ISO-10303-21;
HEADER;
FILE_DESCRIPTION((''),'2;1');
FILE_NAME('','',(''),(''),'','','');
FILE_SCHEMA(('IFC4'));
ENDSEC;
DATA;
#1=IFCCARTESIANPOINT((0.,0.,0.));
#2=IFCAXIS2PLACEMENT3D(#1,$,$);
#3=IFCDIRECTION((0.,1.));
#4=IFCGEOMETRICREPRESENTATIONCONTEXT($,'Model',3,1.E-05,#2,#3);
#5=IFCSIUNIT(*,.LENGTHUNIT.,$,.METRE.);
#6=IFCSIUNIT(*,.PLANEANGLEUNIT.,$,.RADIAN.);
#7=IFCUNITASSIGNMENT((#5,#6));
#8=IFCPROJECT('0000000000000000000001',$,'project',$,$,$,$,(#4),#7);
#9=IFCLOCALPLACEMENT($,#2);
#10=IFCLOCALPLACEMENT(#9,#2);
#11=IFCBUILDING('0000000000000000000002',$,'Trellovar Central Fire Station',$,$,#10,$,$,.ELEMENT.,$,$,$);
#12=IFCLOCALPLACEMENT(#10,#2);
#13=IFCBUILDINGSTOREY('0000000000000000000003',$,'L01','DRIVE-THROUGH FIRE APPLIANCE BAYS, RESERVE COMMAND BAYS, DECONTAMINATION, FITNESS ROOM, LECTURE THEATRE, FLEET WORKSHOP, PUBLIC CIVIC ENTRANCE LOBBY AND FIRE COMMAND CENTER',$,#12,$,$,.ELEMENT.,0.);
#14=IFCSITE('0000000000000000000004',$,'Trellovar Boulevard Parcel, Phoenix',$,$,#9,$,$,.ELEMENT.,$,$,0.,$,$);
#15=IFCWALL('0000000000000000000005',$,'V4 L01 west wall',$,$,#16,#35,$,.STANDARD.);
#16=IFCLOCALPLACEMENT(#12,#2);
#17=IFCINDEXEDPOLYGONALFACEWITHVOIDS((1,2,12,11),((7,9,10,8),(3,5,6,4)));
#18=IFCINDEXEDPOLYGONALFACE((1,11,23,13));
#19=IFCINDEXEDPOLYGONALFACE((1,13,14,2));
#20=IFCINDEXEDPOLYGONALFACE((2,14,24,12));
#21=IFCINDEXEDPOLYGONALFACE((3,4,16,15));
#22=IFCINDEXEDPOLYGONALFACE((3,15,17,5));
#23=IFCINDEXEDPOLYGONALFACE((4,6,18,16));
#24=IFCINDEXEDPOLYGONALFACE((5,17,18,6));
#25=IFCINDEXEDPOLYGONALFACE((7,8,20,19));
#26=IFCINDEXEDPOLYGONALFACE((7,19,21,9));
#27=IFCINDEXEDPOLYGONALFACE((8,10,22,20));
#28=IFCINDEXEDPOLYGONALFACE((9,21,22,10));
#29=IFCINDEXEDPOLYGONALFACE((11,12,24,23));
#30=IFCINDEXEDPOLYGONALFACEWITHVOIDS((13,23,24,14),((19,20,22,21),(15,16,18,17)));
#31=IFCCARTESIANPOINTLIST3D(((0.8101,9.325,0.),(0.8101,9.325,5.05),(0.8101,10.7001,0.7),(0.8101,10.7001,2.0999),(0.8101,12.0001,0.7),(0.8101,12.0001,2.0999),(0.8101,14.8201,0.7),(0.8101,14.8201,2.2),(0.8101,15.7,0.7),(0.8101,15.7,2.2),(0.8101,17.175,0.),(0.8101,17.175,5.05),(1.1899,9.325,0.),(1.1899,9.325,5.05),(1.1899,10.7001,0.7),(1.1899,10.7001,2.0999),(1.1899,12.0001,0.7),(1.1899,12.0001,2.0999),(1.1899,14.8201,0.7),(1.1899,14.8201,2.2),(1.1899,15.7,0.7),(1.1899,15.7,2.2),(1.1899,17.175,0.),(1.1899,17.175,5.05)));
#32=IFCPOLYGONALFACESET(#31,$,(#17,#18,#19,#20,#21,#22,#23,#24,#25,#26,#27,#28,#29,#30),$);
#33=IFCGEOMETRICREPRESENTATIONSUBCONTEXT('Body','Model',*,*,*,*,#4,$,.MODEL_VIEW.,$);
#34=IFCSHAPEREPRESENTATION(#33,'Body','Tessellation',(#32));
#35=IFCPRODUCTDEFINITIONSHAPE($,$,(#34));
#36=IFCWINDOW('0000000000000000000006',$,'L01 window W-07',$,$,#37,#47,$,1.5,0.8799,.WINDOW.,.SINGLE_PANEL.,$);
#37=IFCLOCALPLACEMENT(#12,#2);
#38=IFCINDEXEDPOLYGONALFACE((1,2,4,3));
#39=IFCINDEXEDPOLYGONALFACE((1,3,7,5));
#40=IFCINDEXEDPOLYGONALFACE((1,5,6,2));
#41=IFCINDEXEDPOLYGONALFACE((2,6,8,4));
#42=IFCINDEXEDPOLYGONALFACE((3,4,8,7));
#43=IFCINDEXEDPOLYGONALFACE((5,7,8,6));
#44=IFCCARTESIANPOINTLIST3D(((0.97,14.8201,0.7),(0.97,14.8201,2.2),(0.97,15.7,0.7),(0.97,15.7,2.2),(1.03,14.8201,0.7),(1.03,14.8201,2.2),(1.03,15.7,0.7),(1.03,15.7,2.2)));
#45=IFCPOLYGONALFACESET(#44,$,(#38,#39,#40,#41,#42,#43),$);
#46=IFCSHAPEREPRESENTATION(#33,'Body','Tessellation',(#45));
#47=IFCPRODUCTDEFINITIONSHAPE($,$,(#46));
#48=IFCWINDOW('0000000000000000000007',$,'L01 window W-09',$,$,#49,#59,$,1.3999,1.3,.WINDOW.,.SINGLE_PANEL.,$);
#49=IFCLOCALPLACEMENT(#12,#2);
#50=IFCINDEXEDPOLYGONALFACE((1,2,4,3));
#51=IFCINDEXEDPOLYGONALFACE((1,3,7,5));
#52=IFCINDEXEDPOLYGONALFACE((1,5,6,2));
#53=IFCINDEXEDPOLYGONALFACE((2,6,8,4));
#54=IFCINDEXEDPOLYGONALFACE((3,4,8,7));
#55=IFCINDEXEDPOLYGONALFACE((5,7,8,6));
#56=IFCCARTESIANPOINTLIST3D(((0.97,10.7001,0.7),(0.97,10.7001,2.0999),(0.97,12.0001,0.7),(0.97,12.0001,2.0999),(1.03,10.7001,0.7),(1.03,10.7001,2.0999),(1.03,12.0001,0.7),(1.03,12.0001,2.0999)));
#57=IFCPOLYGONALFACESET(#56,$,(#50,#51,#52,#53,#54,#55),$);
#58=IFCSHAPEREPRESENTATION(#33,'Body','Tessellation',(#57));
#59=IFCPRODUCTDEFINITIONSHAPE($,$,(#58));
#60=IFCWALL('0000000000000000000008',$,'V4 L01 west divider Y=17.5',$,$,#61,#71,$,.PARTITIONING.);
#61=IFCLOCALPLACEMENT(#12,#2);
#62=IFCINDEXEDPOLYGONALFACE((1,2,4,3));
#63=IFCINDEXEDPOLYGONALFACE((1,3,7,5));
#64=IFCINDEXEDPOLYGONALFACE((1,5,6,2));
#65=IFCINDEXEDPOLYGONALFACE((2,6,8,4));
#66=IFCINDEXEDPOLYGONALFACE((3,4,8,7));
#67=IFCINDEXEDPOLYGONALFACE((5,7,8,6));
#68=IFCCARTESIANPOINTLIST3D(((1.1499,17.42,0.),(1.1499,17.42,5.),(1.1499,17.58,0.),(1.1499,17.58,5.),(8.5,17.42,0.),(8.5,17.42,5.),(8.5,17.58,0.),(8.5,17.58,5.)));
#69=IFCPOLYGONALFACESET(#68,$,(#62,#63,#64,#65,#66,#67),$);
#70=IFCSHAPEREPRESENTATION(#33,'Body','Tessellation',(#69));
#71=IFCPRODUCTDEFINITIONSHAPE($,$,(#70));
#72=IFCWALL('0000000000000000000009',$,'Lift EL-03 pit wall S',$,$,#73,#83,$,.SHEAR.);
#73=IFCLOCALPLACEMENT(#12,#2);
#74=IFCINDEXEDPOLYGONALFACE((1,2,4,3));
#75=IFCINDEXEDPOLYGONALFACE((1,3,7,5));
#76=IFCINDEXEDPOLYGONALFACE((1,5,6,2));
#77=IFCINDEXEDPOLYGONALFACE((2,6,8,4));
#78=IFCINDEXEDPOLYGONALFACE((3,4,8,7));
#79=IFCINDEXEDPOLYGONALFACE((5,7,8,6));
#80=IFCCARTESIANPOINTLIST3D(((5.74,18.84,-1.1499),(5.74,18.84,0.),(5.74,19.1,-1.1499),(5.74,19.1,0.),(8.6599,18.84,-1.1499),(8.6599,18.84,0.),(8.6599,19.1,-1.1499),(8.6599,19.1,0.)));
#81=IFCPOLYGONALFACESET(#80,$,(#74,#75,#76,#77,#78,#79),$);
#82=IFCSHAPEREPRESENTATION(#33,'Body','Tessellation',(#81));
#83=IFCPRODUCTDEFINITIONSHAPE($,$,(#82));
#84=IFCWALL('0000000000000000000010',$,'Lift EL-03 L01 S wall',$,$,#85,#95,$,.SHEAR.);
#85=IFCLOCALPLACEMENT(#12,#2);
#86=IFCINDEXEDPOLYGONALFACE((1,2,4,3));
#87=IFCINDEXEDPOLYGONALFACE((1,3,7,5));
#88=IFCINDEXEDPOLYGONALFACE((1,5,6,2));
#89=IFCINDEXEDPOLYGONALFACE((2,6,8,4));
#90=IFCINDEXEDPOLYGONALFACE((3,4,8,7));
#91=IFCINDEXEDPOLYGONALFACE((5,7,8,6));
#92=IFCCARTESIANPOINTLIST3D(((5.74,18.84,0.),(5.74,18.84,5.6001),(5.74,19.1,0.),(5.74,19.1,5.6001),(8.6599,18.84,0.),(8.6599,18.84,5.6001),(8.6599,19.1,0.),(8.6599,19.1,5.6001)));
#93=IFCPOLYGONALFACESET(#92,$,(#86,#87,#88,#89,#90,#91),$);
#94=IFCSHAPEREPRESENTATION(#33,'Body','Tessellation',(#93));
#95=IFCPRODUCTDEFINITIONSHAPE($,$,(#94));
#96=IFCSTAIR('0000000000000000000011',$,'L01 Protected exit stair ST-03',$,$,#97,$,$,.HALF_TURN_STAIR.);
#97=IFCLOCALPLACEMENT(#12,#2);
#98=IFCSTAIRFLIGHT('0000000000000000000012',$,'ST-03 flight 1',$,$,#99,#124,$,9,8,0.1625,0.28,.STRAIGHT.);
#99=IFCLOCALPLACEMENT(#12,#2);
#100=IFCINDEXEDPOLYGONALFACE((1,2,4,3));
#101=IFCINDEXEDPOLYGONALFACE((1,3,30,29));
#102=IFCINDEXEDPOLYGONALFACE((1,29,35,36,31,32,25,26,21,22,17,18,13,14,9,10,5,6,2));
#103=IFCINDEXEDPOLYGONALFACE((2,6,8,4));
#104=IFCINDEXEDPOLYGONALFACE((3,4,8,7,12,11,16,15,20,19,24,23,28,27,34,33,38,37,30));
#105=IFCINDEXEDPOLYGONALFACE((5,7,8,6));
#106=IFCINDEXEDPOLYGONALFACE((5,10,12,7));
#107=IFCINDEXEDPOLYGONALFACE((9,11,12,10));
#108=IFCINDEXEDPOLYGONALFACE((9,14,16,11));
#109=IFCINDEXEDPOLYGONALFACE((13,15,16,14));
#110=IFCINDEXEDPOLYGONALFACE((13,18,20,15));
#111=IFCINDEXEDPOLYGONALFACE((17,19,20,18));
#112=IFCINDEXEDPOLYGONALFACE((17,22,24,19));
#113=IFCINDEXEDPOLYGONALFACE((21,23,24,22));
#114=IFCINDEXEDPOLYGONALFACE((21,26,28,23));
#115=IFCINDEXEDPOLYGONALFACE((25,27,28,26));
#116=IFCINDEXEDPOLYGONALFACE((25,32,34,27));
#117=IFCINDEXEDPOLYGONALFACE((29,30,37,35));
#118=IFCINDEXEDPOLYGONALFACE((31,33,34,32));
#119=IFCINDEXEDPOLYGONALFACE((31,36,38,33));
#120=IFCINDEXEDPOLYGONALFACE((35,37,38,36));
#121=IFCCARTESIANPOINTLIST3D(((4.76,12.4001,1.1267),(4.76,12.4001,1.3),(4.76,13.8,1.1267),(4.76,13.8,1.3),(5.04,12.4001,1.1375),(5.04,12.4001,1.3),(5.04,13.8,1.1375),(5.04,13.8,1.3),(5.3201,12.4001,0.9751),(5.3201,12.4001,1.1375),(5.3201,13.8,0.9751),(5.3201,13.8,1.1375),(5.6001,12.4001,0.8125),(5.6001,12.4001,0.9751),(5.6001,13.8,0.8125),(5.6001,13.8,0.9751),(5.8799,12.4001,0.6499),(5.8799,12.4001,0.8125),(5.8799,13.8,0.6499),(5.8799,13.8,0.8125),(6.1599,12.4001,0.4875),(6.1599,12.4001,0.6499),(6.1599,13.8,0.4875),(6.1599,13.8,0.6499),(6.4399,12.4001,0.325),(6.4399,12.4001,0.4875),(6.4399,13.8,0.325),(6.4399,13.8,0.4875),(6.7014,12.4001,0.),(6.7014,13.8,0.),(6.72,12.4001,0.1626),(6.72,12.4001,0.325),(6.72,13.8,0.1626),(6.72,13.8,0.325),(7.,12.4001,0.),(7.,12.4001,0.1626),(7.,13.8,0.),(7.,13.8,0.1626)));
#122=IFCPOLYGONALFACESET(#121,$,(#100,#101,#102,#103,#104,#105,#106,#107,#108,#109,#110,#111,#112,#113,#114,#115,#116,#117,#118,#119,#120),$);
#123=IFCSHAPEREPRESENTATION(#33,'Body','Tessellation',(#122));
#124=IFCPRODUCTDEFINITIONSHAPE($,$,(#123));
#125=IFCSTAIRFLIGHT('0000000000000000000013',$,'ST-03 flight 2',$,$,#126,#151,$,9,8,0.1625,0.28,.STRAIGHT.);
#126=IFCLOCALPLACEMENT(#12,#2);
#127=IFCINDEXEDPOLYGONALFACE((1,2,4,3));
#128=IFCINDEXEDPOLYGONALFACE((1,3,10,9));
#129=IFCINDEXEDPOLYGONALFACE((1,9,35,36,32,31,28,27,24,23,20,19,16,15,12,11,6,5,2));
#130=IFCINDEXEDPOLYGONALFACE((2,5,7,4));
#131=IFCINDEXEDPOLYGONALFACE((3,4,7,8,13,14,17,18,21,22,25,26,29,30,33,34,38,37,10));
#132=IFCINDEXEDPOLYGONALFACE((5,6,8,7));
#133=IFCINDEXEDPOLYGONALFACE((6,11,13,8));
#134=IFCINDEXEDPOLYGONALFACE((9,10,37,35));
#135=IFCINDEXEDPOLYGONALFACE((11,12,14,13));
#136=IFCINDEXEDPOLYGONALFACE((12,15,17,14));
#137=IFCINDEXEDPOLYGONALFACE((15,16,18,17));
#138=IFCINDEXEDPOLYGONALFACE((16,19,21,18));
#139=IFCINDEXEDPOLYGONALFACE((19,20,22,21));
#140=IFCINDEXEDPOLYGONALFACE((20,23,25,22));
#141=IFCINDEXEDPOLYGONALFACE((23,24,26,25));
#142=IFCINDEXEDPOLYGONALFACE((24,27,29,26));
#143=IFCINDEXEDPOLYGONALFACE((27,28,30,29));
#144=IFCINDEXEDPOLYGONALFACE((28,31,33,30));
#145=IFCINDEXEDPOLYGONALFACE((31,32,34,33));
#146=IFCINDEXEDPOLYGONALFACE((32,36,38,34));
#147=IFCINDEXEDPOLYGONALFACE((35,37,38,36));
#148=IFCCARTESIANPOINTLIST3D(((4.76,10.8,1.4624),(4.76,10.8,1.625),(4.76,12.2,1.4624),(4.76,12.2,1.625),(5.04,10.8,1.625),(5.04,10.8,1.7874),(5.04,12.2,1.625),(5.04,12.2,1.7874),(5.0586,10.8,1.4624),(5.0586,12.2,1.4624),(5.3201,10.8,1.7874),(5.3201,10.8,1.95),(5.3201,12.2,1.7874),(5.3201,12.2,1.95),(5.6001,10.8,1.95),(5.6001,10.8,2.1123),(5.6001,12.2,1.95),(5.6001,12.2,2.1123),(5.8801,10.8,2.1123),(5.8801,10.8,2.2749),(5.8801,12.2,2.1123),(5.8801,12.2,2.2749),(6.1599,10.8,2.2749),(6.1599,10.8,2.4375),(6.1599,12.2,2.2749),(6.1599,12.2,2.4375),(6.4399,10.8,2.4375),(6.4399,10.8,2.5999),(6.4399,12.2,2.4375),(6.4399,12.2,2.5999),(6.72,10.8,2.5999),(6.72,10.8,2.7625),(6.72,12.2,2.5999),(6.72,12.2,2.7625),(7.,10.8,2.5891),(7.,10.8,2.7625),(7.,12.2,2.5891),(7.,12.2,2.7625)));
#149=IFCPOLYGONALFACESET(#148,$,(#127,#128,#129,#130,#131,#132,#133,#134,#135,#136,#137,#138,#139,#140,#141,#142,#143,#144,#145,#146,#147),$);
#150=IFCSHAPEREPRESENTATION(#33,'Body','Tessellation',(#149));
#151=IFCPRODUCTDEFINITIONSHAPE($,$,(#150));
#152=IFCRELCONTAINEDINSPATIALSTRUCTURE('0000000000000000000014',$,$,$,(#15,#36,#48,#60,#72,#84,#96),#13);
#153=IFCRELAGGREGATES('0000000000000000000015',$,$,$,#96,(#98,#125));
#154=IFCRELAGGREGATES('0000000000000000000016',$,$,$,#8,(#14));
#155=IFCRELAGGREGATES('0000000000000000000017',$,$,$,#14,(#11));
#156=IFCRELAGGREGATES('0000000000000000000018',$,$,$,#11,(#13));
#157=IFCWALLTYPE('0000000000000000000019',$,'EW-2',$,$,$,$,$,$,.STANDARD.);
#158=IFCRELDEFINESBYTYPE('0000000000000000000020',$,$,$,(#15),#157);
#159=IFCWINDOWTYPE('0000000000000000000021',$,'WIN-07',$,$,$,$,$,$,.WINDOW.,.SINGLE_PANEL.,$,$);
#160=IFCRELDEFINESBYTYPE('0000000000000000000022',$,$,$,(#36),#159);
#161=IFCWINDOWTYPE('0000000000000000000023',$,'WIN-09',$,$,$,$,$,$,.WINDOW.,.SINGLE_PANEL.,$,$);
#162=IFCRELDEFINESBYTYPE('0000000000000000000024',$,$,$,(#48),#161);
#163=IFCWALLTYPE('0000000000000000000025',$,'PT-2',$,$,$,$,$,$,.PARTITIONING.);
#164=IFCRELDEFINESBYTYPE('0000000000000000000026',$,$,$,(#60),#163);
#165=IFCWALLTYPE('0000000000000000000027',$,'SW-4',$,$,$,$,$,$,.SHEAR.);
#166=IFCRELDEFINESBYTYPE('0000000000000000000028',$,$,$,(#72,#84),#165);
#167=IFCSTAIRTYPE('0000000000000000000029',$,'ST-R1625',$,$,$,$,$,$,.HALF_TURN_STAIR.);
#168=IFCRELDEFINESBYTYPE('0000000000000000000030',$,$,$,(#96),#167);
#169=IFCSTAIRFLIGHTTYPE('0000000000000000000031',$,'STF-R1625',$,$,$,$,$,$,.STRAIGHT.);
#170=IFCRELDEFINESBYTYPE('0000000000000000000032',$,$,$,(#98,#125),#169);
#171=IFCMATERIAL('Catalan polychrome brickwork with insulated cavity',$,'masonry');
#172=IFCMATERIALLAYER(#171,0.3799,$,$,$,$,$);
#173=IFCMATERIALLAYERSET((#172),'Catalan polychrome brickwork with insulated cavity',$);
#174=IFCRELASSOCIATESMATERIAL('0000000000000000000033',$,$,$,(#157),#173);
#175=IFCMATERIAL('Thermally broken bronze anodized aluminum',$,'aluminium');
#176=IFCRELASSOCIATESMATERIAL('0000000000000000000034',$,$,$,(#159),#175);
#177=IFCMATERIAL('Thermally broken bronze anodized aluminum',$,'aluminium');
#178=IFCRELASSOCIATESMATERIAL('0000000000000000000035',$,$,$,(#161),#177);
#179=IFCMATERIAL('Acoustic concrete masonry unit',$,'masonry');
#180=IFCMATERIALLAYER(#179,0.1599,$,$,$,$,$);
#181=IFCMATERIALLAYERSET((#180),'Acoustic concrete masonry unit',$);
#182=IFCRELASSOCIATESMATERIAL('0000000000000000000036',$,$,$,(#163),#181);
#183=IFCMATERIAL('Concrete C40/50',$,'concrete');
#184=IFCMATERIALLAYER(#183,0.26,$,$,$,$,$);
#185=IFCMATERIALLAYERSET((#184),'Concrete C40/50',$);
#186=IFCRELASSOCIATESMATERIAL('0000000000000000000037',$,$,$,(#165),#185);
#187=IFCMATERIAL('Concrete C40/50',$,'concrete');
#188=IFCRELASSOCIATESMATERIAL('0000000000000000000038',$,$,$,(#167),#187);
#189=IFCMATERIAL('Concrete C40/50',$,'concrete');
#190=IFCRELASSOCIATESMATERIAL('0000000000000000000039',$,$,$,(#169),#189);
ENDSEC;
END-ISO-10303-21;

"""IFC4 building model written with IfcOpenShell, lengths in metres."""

from ifc_helpers import new_model, si_unit, direction, frame, frame_2d, origin, place, context, subcontext, project, spatial, polyline, rectangle, outline, extrude, material, layer, layer_set, type_object, element, fill, aggregate, save


model = new_model("IFC4")

# Units and contexts
model_context = context("Model", 3, precision=1e-05, world=origin(), true_north=direction((0.0, 1.0)))
body_context = subcontext(model_context, "Body", "Model", "MODEL_VIEW")
ifc_project = project(units=[si_unit("LENGTHUNIT", "METRE"), si_unit("PLANEANGLEUNIT", "RADIAN")], contexts=[model_context])

# Site, building, storey
site_placement = place(None, origin())
site = spatial("IfcSite", under=ifc_project, at=site_placement, Name="Trellovar Boulevard Parcel, Phoenix", CompositionType="ELEMENT", RefElevation=0.0)
building_placement = place(site_placement, origin())
building = spatial("IfcBuilding", under=site, at=building_placement, Name="Trellovar Central Fire Station", CompositionType="ELEMENT")
storey_placement = place(building_placement, origin())
storey = spatial("IfcBuildingStorey", under=building, at=storey_placement, Name="L01", Description="DRIVE-THROUGH FIRE APPLIANCE BAYS, RESERVE COMMAND BAYS, DECONTAMINATION, FITNESS ROOM, LECTURE THEATRE, FLEET WORKSHOP, PUBLIC CIVIC ENTRANCE LOBBY AND FIRE COMMAND CENTER", CompositionType="ELEMENT", Elevation=0.0)

# Wall, openings, windows
ifc_material_1 = material(Name="Catalan polychrome brickwork with insulated cavity", Category="masonry")
ifc_layer_1 = layer(ifc_material_1, 0.3799)
ifc_layer_set_1 = layer_set([ifc_layer_1], Name="Catalan polychrome brickwork with insulated cavity")
wall_type_1 = type_object("IfcWallType", Name="EW-2", PredefinedType="STANDARD", material=ifc_layer_set_1)
wall_1_placement = place(storey_placement, frame((1.0, 17.175, 0.0), z_axis=(0.0, 0.0, 1.0), x_axis=(0.0, -1.0, 0.0)))
wall_1 = element("IfcWall", 1, at=wall_1_placement, inside=storey, type_object=wall_type_1, Name="V4 L01 west wall", PredefinedType="STANDARD", context=body_context, shape_type="SweptSolid", body=[
    extrude(rectangle(XDim=7.8501, YDim=0.3799, at=frame_2d((3.925, 0.0))), origin(), (0.0, 0.0, 1.0), 5.05),
])
opening_1_placement = place(wall_1_placement, frame((1.4751, 0.0, 0.7)))
opening_1 = element("IfcOpeningElement", 2, at=opening_1_placement, cuts=wall_1, PredefinedType="OPENING", context=body_context, shape_type="SweptSolid", body=[
    extrude(rectangle(XDim=0.8799, YDim=1.5, at=frame_2d((0.4399, 0.75))), frame((0.0, 0.2, 0.0), z_axis=(0.0, -1.0, 0.0), x_axis=(1.0, 0.0, 0.0)), (0.0, 0.0, 1.0), 0.3999),
])
opening_2_placement = place(wall_1_placement, frame((5.175, 0.0, 0.7)))
opening_2 = element("IfcOpeningElement", 3, at=opening_2_placement, cuts=wall_1, PredefinedType="OPENING", context=body_context, shape_type="SweptSolid", body=[
    extrude(rectangle(XDim=1.3, YDim=1.3999, at=frame_2d((0.6499, 0.7))), frame((0.0, 0.2, 0.0), z_axis=(0.0, -1.0, 0.0), x_axis=(1.0, 0.0, 0.0)), (0.0, 0.0, 1.0), 0.3999),
])
ifc_material_2 = material(Name="Thermally broken bronze anodized aluminum", Category="aluminium")
window_type_1 = type_object("IfcWindowType", Name="WIN-07", PartitioningType="SINGLE_PANEL", PredefinedType="WINDOW", material=ifc_material_2)
window_1_placement = place(opening_1_placement, origin())
window_1 = element("IfcWindow", 4, at=window_1_placement, inside=storey, type_object=window_type_1, Name="L01 window W-07", OverallHeight=1.5, OverallWidth=0.8799, PartitioningType="SINGLE_PANEL", PredefinedType="WINDOW", context=body_context, shape_type="SweptSolid", body=[
    extrude(rectangle(XDim=0.8799, YDim=1.5, at=frame_2d((0.4399, 0.75))), frame((0.0, 0.03, 0.0), z_axis=(0.0, -1.0, 0.0), x_axis=(1.0, 0.0, 0.0)), (0.0, 0.0, 1.0), 0.0601),
])
fill(opening_1, window_1)
ifc_material_3 = material(Name="Thermally broken bronze anodized aluminum", Category="aluminium")
window_type_2 = type_object("IfcWindowType", Name="WIN-09", PartitioningType="SINGLE_PANEL", PredefinedType="WINDOW", material=ifc_material_3)
window_2_placement = place(opening_2_placement, origin())
window_2 = element("IfcWindow", 5, at=window_2_placement, inside=storey, type_object=window_type_2, Name="L01 window W-09", OverallHeight=1.3999, OverallWidth=1.3, PartitioningType="SINGLE_PANEL", PredefinedType="WINDOW", context=body_context, shape_type="SweptSolid", body=[
    extrude(rectangle(XDim=1.3, YDim=1.3999, at=frame_2d((0.6499, 0.7))), frame((0.0, 0.03, 0.0), z_axis=(0.0, -1.0, 0.0), x_axis=(1.0, 0.0, 0.0)), (0.0, 0.0, 1.0), 0.0601),
])
fill(opening_2, window_2)

# Walls
ifc_material_4 = material(Name="Acoustic concrete masonry unit", Category="masonry")
ifc_layer_2 = layer(ifc_material_4, 0.1599)
ifc_layer_set_2 = layer_set([ifc_layer_2], Name="Acoustic concrete masonry unit")
wall_type_2 = type_object("IfcWallType", Name="PT-2", PredefinedType="PARTITIONING", material=ifc_layer_set_2)
wall_2_placement = place(storey_placement, frame((1.1499, 17.5, 0.0), z_axis=(0.0, 0.0, 1.0), x_axis=(1.0, 0.0, 0.0)))
element("IfcWall", 6, at=wall_2_placement, inside=storey, type_object=wall_type_2, Name="V4 L01 west divider Y=17.5", PredefinedType="PARTITIONING", context=body_context, shape_type="SweptSolid", body=[
    extrude(rectangle(XDim=7.3501, YDim=0.1599, at=frame_2d((3.675, 0.0))), origin(), (0.0, 0.0, 1.0), 5.0),
])
ifc_material_5 = material(Name="Concrete C40/50", Category="concrete")
ifc_layer_3 = layer(ifc_material_5, 0.26)
ifc_layer_set_3 = layer_set([ifc_layer_3], Name="Concrete C40/50")
wall_type_3 = type_object("IfcWallType", Name="SW-4", PredefinedType="SHEAR", material=ifc_layer_set_3)
wall_3_placement = place(storey_placement, frame((5.74, 18.97, -1.1499), z_axis=(0.0, 0.0, 1.0), x_axis=(1.0, 0.0, 0.0)))
element("IfcWall", 7, at=wall_3_placement, inside=storey, type_object=wall_type_3, Name="Lift EL-03 pit wall S", PredefinedType="SHEAR", context=body_context, shape_type="SweptSolid", body=[
    extrude(rectangle(XDim=2.9199, YDim=0.26, at=frame_2d((1.46, 0.0))), origin(), (0.0, 0.0, 1.0), 1.1499),
])
wall_4_placement = place(storey_placement, frame((5.74, 18.97, 0.0), z_axis=(0.0, 0.0, 1.0), x_axis=(1.0, 0.0, 0.0)))
element("IfcWall", 8, at=wall_4_placement, inside=storey, type_object=wall_type_3, Name="Lift EL-03 L01 S wall", PredefinedType="SHEAR", context=body_context, shape_type="SweptSolid", body=[
    extrude(rectangle(XDim=2.9199, YDim=0.26, at=frame_2d((1.46, 0.0))), origin(), (0.0, 0.0, 1.0), 5.6001),
])

# Stair, stair flights
ifc_material_6 = material(Name="Concrete C40/50", Category="concrete")
stair_type = type_object("IfcStairType", Name="ST-R1625", PredefinedType="HALF_TURN_STAIR", material=ifc_material_6)
stair_placement = place(storey_placement, origin())
stair = element("IfcStair", 9, at=stair_placement, inside=storey, type_object=stair_type, Name="L01 Protected exit stair ST-03", PredefinedType="HALF_TURN_STAIR")
ifc_material_7 = material(Name="Concrete C40/50", Category="concrete")
stair_flight_type = type_object("IfcStairFlightType", Name="STF-R1625", PredefinedType="STRAIGHT", material=ifc_material_7)
stair_flight_1_placement = place(storey_placement, frame((7.0, 13.1001, 0.0), z_axis=(0.0, 0.0, 1.0), x_axis=(-1.0, 0.0, 0.0)))
stair_flight_1 = element("IfcStairFlight", 10, at=stair_flight_1_placement, type_object=stair_flight_type, Name="ST-03 flight 1", NumberOfRisers=9, NumberOfTreads=8, PredefinedType="STRAIGHT", RiserHeight=0.1625, TreadLength=0.28, context=body_context, shape_type="SweptSolid", body=[
    extrude(outline(polyline([(0.0, 0.0), (0.0, 0.1626), (0.28, 0.1626), (0.28, 0.325), (0.5601, 0.325), (0.5601, 0.4875), (0.8401, 0.4875), (0.8401, 0.6499), (1.1201, 0.6499), (1.1201, 0.8125), (1.3999, 0.8125), (1.3999, 0.9751), (1.6799, 0.9751), (1.6799, 1.1375), (1.96, 1.1375), (1.96, 1.3), (2.24, 1.3), (2.24, 1.4624), (2.24, 1.1267), (0.2986, 0.0), (0.0, 0.0)])), frame((0.0, 0.7, 0.0), z_axis=(0.0, -1.0, 0.0), x_axis=(1.0, 0.0, 0.0)), (0.0, 0.0, 1.0), 1.3999),
])
stair_flight_2_placement = place(storey_placement, frame((4.76, 11.5, 1.4624), z_axis=(0.0, 0.0, 1.0), x_axis=(1.0, 0.0, 0.0)))
stair_flight_2 = element("IfcStairFlight", 11, at=stair_flight_2_placement, type_object=stair_flight_type, Name="ST-03 flight 2", NumberOfRisers=9, NumberOfTreads=8, PredefinedType="STRAIGHT", RiserHeight=0.1625, TreadLength=0.28, context=body_context, shape_type="SweptSolid", body=[
    extrude(outline(polyline([(0.0, 0.0), (0.0, 0.1626), (0.28, 0.1626), (0.28, 0.325), (0.5601, 0.325), (0.5601, 0.4875), (0.8401, 0.4875), (0.8401, 0.6499), (1.1201, 0.6499), (1.1201, 0.8125), (1.3999, 0.8125), (1.3999, 0.9751), (1.6799, 0.9751), (1.6799, 1.1375), (1.96, 1.1375), (1.96, 1.3), (2.24, 1.3), (2.24, 1.4624), (2.24, 1.1267), (0.2986, 0.0), (0.0, 0.0)])), frame((0.0, 0.7, 0.0), z_axis=(0.0, -1.0, 0.0), x_axis=(1.0, 0.0, 0.0)), (0.0, 0.0, 1.0), 1.3999),
])
aggregate(stair, [stair_flight_1, stair_flight_2])

save(model, "model.ifc")
